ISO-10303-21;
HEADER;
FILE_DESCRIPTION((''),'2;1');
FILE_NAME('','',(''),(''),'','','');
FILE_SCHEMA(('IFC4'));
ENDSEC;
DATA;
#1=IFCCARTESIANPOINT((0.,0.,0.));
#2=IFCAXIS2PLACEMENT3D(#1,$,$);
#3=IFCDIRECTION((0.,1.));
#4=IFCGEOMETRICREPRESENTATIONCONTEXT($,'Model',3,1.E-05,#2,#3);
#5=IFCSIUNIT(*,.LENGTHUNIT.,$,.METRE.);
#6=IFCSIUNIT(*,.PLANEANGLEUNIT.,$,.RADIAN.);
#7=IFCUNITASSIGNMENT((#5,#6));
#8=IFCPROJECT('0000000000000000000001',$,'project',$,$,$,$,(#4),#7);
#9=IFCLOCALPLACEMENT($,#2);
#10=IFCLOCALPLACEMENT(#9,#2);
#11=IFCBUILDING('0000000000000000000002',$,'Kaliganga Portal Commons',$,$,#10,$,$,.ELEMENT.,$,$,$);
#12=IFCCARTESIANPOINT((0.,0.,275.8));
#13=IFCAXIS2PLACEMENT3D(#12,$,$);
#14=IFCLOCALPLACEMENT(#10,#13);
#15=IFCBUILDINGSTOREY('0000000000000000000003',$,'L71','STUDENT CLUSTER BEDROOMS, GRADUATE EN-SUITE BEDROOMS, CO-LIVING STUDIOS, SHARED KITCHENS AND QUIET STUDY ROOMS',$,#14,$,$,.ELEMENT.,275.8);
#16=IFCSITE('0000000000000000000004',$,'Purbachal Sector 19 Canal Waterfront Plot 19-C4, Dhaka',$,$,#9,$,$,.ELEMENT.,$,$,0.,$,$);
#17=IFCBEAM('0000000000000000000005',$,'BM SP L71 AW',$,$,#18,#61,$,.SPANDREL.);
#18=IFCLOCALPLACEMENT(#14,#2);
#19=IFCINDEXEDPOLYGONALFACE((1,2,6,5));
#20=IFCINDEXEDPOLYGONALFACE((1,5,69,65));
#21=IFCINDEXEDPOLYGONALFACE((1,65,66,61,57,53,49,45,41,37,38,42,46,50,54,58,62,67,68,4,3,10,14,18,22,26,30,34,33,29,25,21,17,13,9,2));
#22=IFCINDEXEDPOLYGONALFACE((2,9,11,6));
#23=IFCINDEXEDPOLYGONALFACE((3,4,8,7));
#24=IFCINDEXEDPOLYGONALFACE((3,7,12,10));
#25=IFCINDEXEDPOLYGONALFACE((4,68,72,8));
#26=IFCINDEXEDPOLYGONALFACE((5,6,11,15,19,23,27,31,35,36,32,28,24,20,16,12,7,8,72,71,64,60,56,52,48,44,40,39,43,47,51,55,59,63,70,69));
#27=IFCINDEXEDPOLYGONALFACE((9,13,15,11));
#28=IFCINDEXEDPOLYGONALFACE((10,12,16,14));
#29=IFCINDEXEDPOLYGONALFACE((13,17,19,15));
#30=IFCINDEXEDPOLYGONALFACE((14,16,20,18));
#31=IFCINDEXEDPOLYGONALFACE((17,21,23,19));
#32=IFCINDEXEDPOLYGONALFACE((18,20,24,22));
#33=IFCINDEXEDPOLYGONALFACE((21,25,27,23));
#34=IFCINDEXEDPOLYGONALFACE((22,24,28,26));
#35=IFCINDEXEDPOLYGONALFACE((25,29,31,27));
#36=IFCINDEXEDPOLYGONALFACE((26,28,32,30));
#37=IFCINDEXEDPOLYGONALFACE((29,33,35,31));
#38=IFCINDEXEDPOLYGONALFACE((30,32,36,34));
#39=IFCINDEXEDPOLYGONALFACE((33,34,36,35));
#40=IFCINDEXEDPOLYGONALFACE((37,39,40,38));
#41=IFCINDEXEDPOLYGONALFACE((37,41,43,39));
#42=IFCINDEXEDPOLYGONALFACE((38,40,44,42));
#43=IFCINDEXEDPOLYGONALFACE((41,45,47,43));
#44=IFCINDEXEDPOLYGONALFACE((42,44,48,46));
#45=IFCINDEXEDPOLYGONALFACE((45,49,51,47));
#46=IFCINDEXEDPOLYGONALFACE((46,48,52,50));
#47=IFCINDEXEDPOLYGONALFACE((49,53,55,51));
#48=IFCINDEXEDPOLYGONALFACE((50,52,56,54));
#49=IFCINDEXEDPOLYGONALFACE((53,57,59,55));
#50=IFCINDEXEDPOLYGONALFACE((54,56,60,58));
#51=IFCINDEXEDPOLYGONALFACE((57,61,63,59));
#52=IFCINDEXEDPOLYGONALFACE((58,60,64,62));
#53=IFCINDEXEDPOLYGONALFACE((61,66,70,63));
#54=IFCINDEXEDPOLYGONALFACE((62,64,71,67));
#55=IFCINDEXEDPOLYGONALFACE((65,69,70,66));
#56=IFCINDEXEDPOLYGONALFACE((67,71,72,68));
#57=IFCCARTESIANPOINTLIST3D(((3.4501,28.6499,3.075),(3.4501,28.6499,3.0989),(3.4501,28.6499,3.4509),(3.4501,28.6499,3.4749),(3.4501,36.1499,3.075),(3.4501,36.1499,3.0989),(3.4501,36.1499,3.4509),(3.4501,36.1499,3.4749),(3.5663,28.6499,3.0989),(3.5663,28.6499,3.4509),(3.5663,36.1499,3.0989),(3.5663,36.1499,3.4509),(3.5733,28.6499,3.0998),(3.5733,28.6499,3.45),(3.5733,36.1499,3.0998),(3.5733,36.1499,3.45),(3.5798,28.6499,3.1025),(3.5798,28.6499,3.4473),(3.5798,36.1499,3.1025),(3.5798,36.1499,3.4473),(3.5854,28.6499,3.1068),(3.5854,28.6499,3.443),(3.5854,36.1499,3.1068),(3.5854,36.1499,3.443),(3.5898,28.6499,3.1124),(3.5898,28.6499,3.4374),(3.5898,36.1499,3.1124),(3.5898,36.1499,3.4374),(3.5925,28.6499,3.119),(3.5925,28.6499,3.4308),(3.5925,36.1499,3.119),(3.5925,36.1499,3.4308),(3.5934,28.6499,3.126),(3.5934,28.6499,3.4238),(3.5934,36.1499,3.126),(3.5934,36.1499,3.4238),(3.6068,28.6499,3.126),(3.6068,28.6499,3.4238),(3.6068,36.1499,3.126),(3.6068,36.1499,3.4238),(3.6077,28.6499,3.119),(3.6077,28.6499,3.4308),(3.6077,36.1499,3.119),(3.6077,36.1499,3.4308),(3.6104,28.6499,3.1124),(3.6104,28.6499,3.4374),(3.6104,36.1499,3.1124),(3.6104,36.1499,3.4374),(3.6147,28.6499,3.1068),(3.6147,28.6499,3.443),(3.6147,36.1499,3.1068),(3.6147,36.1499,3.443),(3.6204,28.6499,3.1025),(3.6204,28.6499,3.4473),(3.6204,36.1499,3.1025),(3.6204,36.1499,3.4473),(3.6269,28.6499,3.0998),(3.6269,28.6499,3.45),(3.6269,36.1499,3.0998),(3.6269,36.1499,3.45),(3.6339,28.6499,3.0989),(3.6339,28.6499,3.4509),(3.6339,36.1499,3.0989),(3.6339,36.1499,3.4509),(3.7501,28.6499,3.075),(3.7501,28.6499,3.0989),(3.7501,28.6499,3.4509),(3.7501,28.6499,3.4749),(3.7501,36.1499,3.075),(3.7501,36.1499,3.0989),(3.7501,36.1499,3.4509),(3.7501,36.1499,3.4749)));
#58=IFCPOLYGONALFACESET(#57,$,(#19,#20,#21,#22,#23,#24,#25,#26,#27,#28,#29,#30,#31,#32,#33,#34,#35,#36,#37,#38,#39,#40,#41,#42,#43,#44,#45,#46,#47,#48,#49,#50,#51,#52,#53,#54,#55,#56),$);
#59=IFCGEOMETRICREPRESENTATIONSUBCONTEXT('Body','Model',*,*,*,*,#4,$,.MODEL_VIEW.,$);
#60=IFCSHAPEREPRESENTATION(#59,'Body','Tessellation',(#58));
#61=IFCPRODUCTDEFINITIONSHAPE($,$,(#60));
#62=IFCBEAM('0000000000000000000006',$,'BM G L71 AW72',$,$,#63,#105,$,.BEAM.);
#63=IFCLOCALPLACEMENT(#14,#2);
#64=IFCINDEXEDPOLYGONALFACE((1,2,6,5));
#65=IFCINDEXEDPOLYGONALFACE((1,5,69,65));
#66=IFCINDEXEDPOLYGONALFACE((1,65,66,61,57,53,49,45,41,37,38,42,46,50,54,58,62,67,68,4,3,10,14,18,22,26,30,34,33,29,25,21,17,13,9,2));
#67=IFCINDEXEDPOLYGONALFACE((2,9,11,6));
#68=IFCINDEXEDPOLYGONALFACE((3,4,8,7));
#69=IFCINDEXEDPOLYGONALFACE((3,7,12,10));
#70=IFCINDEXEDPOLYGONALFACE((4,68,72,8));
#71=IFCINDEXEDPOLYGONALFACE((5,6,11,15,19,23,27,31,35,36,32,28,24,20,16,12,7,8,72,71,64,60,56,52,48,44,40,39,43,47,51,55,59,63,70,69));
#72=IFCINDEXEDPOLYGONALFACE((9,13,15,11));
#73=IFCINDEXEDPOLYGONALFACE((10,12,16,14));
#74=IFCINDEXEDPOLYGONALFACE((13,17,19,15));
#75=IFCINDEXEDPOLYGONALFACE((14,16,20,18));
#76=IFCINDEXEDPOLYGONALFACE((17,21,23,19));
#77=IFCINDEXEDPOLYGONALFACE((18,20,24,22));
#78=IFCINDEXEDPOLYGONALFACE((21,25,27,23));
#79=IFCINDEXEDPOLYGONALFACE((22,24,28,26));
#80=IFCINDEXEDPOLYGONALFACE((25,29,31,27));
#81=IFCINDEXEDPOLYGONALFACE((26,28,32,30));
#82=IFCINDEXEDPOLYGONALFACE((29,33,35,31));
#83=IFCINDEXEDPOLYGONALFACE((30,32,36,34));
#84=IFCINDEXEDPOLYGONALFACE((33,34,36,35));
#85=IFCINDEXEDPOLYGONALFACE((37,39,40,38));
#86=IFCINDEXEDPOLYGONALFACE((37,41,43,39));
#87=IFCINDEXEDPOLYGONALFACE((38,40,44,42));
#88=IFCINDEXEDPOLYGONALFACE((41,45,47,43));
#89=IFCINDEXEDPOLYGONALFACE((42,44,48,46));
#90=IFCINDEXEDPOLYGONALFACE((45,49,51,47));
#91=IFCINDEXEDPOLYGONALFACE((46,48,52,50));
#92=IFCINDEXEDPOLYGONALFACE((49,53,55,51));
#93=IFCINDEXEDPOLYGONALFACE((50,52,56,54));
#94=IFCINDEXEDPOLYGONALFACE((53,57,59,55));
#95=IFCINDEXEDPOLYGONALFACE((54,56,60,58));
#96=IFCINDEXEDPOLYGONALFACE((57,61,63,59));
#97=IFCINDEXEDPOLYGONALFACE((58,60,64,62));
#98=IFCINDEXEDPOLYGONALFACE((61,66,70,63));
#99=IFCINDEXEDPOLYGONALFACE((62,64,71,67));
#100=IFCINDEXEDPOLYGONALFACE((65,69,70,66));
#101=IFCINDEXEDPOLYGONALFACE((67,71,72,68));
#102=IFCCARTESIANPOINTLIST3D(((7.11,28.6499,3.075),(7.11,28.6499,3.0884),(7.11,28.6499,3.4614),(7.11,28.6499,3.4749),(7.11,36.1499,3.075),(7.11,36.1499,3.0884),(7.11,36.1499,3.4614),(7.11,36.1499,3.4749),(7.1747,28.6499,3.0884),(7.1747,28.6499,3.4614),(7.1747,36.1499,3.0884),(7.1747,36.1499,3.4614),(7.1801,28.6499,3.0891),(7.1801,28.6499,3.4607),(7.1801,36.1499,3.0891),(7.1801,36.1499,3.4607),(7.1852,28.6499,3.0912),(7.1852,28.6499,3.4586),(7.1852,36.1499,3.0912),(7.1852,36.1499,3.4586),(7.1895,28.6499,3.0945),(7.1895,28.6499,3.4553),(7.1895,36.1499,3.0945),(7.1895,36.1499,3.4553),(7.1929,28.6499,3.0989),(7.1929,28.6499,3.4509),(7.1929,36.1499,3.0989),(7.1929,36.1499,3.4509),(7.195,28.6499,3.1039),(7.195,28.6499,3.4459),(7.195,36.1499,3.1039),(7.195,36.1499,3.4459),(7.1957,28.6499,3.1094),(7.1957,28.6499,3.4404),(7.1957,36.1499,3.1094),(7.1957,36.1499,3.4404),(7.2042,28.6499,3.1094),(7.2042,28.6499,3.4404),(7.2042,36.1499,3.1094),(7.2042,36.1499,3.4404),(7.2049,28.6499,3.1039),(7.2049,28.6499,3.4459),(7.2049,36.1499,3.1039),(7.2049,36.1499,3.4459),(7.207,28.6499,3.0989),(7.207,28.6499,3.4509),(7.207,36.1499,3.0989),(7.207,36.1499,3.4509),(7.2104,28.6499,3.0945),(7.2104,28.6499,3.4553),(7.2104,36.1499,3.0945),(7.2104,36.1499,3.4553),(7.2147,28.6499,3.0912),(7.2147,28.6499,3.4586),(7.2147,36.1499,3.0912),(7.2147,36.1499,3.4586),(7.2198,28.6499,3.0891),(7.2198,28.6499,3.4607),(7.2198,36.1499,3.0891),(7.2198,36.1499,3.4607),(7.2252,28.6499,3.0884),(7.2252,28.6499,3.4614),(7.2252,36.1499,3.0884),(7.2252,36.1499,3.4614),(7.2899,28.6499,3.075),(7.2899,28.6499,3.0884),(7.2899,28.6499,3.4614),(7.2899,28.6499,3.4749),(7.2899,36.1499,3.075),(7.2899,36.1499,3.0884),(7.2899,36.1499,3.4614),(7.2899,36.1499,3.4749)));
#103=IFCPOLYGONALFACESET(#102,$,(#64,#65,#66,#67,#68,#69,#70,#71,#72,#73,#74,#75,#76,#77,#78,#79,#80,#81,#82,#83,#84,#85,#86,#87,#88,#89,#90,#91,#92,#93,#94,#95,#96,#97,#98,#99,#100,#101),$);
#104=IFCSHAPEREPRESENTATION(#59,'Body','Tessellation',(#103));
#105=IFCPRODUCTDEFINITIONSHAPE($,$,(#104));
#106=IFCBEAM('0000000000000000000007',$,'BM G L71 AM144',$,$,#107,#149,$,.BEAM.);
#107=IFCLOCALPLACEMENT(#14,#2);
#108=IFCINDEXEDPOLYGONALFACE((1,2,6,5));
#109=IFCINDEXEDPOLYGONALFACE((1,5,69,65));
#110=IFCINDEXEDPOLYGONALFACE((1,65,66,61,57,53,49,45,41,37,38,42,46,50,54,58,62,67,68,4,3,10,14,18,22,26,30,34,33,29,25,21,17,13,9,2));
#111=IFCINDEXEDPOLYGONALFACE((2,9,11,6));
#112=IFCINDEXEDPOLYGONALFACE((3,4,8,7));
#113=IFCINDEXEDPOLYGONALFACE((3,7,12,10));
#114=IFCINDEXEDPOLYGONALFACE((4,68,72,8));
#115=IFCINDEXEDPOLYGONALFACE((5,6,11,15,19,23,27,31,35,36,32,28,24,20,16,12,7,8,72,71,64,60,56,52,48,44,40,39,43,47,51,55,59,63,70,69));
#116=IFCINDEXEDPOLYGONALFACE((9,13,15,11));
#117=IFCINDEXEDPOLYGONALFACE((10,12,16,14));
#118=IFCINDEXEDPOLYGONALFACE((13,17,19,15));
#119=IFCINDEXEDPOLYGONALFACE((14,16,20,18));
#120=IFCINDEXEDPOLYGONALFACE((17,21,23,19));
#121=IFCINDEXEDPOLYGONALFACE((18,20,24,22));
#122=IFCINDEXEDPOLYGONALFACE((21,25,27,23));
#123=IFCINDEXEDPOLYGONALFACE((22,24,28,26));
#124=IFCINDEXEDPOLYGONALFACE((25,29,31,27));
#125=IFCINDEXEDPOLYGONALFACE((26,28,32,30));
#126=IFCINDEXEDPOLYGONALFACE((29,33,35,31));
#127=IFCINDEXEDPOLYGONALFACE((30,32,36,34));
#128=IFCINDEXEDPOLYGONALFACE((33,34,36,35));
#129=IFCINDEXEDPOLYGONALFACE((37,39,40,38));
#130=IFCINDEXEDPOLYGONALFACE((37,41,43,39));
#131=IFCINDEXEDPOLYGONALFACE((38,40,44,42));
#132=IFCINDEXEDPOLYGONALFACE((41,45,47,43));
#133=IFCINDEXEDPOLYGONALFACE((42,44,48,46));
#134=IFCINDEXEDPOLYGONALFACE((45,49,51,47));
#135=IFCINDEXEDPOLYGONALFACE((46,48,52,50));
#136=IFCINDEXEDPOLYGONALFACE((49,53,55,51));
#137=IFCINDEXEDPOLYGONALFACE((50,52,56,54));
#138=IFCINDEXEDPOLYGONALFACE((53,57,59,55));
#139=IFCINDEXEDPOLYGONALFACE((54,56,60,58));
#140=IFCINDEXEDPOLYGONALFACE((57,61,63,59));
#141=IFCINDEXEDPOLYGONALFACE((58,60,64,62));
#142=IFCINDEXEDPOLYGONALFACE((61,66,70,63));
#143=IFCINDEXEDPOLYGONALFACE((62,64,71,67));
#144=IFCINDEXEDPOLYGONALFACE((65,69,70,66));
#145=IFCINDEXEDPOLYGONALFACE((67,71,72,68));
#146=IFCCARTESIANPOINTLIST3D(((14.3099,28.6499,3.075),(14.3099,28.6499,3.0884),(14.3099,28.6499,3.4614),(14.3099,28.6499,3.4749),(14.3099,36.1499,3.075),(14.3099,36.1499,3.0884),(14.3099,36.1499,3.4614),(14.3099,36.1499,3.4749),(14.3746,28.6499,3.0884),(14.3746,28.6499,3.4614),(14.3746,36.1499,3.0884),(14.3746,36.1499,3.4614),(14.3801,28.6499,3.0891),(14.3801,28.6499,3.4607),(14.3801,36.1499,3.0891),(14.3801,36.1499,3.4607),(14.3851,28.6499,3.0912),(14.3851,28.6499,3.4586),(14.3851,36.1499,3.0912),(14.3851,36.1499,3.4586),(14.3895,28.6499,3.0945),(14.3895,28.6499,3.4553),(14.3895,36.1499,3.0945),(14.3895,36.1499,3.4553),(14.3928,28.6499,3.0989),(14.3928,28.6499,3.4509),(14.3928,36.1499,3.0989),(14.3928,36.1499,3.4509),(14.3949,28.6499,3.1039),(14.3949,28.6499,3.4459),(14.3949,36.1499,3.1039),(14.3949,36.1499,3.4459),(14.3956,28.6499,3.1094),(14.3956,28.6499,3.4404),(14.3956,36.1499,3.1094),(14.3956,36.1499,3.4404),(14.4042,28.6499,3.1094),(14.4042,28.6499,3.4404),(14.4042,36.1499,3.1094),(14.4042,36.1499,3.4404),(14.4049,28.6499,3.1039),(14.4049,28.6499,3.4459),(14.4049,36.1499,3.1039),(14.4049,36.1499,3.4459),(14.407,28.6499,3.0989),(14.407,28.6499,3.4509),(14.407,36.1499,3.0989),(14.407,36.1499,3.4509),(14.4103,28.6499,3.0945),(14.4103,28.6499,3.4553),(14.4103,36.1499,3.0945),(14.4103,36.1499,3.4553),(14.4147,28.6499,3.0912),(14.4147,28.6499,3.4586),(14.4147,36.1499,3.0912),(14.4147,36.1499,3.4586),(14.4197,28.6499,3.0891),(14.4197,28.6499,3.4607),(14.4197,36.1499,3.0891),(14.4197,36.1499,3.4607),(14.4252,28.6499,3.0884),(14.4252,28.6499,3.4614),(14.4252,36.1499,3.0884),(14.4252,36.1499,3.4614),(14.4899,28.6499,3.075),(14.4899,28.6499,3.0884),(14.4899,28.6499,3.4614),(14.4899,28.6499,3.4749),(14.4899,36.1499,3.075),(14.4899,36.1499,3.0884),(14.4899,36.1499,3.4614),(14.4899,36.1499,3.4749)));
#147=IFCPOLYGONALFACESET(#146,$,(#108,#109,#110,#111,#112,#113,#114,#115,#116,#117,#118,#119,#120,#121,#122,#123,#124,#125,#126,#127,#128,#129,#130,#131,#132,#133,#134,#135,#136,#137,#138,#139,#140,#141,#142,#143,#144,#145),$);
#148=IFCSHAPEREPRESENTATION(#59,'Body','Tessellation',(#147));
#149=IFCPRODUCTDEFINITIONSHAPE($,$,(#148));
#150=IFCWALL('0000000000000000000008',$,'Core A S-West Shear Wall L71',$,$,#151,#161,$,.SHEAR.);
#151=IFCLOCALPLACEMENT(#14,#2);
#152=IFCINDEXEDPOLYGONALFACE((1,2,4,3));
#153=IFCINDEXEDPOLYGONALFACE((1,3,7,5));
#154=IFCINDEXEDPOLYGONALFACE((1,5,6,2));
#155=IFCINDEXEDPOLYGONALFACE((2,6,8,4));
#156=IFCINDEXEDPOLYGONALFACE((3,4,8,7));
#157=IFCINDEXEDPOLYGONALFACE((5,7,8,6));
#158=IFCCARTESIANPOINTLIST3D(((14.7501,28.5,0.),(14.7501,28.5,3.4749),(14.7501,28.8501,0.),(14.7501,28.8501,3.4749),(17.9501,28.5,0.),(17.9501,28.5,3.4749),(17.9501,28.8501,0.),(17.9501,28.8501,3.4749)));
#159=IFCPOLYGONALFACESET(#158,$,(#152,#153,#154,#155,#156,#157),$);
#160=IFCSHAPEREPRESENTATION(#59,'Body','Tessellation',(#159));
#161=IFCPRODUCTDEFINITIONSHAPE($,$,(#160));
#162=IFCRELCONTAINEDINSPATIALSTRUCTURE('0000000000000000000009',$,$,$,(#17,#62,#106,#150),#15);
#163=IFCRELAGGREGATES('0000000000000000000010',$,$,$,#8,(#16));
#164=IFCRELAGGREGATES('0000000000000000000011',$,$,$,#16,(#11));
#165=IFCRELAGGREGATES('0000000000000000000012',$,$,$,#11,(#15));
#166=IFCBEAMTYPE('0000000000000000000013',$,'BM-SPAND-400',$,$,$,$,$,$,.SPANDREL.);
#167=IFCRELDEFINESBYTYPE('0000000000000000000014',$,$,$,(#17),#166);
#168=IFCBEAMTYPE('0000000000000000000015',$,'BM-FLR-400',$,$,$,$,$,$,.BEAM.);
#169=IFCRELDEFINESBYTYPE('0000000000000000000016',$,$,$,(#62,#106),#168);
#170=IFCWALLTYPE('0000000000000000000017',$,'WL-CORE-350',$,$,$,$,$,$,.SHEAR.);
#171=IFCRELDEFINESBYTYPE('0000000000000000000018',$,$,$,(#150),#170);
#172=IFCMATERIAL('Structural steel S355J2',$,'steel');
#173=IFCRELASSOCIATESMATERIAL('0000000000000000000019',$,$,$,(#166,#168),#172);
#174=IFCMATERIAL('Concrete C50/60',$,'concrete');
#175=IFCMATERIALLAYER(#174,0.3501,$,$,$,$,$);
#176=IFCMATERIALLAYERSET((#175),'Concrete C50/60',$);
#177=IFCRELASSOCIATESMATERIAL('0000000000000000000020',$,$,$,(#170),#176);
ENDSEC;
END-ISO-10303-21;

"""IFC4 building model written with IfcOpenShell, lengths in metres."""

from ifc_helpers import new_model, si_unit, direction, frame, frame_2d, origin, origin_2d, place, context, subcontext, project, spatial, rectangle, i_section, extrude, source, transform, mapped, material, layer, layer_set, material_profile, profile_set, type_object, element, save


model = new_model("IFC4")

# Units and contexts
model_context = context("Model", 3, precision=1e-05, world=origin(), true_north=direction((0.0, 1.0)))
body_context = subcontext(model_context, "Body", "Model", "MODEL_VIEW")
ifc_project = project(units=[si_unit("LENGTHUNIT", "METRE"), si_unit("PLANEANGLEUNIT", "RADIAN")], contexts=[model_context])

# Site, building, storey
site_placement = place(None, origin())
site = spatial("IfcSite", under=ifc_project, at=site_placement, Name="Purbachal Sector 19 Canal Waterfront Plot 19-C4, Dhaka", CompositionType="ELEMENT", RefElevation=0.0)
building_placement = place(site_placement, origin())
building = spatial("IfcBuilding", under=site, at=building_placement, Name="Kaliganga Portal Commons", CompositionType="ELEMENT")
storey_placement = place(building_placement, frame((0.0, 0.0, 275.8)))
storey = spatial("IfcBuildingStorey", under=building, at=storey_placement, Name="L71", Description="STUDENT CLUSTER BEDROOMS, GRADUATE EN-SUITE BEDROOMS, CO-LIVING STUDIOS, SHARED KITCHENS AND QUIET STUDY ROOMS", CompositionType="ELEMENT", Elevation=275.8)

# Shared definitions
ifc_material_1 = material(Name="Concrete C50/60", Category="concrete")
ifc_material_2 = material(Name="Structural steel S355J2", Category="steel")

# Beams
ifc_material_profile_1 = material_profile(ifc_material_2, i_section(OverallWidth=0.3, OverallDepth=0.3999, WebThickness=0.0134, FlangeThickness=0.0239, FilletRadius=0.0271, at=origin_2d()), Name="HE 400 B")
ifc_profile_set_1 = profile_set([ifc_material_profile_1], Name="Structural steel S355J2 wide-flange")
beam_type_1 = type_object("IfcBeamType", Name="BM-SPAND-400", PredefinedType="SPANDREL", material=ifc_profile_set_1)
shared_shape_1 = source(origin(), body_context, "Body", "SweptSolid", [
    extrude(i_section(OverallWidth=0.3, OverallDepth=0.3999, WebThickness=0.0134, FlangeThickness=0.0239, FilletRadius=0.0271, at=origin_2d()), origin(), (0.0, 0.0, 1.0), 7.5),
])
beam_1_placement = place(storey_placement, frame((3.6001, 28.6499, 3.2749), z_axis=(0.0, 1.0, 0.0), x_axis=(-1.0, 0.0, 0.0)))
element("IfcBeam", 1, at=beam_1_placement, inside=storey, type_object=beam_type_1, Name="BM SP L71 AW", PredefinedType="SPANDREL", context=body_context, shape_type="MappedRepresentation", body=[
    mapped(shared_shape_1, transform((0.0, 0.0, 0.0), x_axis=(1.0, 0.0, 0.0), y_axis=(0.0, 1.0, 0.0), z_axis=(0.0, 0.0, 1.0), scale=1.0)),
])
ifc_material_profile_2 = material_profile(ifc_material_2, i_section(OverallWidth=0.1799, OverallDepth=0.3999, WebThickness=0.0085, FlangeThickness=0.0134, FilletRadius=0.021, at=origin_2d()), Name="IPE 400")
ifc_profile_set_2 = profile_set([ifc_material_profile_2], Name="Structural steel S355J2 wide-flange")
beam_type_2 = type_object("IfcBeamType", Name="BM-FLR-400", PredefinedType="BEAM", material=ifc_profile_set_2)
shared_shape_2 = source(origin(), body_context, "Body", "SweptSolid", [
    extrude(i_section(OverallWidth=0.1799, OverallDepth=0.3999, WebThickness=0.0085, FlangeThickness=0.0134, FilletRadius=0.021, at=origin_2d()), origin(), (0.0, 0.0, 1.0), 7.5),
])
for number, where, z_axis, x_axis, name in (
    (2, (7.2, 28.6499, 3.2749), (0.0, 1.0, 0.0), (-1.0, 0.0, 0.0), "BM G L71 AW72"),
    (3, (14.3999, 28.6499, 3.2749), (0.0, 1.0, 0.0), (-1.0, 0.0, 0.0), "BM G L71 AM144"),
):
    element("IfcBeam", number, at=place(storey_placement, frame(where, z_axis=z_axis, x_axis=x_axis)), inside=storey, type_object=beam_type_2, Name=name, PredefinedType="BEAM", context=body_context, shape_type="MappedRepresentation", body=[
        mapped(shared_shape_2, transform((0.0, 0.0, 0.0), x_axis=(1.0, 0.0, 0.0), y_axis=(0.0, 1.0, 0.0), z_axis=(0.0, 0.0, 1.0), scale=1.0)),
    ])

# Wall
ifc_layer_1 = layer(ifc_material_1, 0.3501)
ifc_layer_set_1 = layer_set([ifc_layer_1], Name="Concrete C50/60")
wall_type_1 = type_object("IfcWallType", Name="WL-CORE-350", PredefinedType="SHEAR", material=ifc_layer_set_1)
wall_1_placement = place(storey_placement, frame((14.75, 28.675, 0.0), z_axis=(0.0, 0.0, 1.0), x_axis=(1.0, 0.0, 0.0)))
element("IfcWall", 4, at=wall_1_placement, inside=storey, type_object=wall_type_1, Name="Core A S-West Shear Wall L71", PredefinedType="SHEAR", context=body_context, shape_type="SweptSolid", body=[
    extrude(rectangle(XDim=3.2, YDim=0.3501, at=frame_2d((1.6001, 0.0))), origin(), (0.0, 0.0, 1.0), 3.4749),
])

save(model, "model.ifc")
